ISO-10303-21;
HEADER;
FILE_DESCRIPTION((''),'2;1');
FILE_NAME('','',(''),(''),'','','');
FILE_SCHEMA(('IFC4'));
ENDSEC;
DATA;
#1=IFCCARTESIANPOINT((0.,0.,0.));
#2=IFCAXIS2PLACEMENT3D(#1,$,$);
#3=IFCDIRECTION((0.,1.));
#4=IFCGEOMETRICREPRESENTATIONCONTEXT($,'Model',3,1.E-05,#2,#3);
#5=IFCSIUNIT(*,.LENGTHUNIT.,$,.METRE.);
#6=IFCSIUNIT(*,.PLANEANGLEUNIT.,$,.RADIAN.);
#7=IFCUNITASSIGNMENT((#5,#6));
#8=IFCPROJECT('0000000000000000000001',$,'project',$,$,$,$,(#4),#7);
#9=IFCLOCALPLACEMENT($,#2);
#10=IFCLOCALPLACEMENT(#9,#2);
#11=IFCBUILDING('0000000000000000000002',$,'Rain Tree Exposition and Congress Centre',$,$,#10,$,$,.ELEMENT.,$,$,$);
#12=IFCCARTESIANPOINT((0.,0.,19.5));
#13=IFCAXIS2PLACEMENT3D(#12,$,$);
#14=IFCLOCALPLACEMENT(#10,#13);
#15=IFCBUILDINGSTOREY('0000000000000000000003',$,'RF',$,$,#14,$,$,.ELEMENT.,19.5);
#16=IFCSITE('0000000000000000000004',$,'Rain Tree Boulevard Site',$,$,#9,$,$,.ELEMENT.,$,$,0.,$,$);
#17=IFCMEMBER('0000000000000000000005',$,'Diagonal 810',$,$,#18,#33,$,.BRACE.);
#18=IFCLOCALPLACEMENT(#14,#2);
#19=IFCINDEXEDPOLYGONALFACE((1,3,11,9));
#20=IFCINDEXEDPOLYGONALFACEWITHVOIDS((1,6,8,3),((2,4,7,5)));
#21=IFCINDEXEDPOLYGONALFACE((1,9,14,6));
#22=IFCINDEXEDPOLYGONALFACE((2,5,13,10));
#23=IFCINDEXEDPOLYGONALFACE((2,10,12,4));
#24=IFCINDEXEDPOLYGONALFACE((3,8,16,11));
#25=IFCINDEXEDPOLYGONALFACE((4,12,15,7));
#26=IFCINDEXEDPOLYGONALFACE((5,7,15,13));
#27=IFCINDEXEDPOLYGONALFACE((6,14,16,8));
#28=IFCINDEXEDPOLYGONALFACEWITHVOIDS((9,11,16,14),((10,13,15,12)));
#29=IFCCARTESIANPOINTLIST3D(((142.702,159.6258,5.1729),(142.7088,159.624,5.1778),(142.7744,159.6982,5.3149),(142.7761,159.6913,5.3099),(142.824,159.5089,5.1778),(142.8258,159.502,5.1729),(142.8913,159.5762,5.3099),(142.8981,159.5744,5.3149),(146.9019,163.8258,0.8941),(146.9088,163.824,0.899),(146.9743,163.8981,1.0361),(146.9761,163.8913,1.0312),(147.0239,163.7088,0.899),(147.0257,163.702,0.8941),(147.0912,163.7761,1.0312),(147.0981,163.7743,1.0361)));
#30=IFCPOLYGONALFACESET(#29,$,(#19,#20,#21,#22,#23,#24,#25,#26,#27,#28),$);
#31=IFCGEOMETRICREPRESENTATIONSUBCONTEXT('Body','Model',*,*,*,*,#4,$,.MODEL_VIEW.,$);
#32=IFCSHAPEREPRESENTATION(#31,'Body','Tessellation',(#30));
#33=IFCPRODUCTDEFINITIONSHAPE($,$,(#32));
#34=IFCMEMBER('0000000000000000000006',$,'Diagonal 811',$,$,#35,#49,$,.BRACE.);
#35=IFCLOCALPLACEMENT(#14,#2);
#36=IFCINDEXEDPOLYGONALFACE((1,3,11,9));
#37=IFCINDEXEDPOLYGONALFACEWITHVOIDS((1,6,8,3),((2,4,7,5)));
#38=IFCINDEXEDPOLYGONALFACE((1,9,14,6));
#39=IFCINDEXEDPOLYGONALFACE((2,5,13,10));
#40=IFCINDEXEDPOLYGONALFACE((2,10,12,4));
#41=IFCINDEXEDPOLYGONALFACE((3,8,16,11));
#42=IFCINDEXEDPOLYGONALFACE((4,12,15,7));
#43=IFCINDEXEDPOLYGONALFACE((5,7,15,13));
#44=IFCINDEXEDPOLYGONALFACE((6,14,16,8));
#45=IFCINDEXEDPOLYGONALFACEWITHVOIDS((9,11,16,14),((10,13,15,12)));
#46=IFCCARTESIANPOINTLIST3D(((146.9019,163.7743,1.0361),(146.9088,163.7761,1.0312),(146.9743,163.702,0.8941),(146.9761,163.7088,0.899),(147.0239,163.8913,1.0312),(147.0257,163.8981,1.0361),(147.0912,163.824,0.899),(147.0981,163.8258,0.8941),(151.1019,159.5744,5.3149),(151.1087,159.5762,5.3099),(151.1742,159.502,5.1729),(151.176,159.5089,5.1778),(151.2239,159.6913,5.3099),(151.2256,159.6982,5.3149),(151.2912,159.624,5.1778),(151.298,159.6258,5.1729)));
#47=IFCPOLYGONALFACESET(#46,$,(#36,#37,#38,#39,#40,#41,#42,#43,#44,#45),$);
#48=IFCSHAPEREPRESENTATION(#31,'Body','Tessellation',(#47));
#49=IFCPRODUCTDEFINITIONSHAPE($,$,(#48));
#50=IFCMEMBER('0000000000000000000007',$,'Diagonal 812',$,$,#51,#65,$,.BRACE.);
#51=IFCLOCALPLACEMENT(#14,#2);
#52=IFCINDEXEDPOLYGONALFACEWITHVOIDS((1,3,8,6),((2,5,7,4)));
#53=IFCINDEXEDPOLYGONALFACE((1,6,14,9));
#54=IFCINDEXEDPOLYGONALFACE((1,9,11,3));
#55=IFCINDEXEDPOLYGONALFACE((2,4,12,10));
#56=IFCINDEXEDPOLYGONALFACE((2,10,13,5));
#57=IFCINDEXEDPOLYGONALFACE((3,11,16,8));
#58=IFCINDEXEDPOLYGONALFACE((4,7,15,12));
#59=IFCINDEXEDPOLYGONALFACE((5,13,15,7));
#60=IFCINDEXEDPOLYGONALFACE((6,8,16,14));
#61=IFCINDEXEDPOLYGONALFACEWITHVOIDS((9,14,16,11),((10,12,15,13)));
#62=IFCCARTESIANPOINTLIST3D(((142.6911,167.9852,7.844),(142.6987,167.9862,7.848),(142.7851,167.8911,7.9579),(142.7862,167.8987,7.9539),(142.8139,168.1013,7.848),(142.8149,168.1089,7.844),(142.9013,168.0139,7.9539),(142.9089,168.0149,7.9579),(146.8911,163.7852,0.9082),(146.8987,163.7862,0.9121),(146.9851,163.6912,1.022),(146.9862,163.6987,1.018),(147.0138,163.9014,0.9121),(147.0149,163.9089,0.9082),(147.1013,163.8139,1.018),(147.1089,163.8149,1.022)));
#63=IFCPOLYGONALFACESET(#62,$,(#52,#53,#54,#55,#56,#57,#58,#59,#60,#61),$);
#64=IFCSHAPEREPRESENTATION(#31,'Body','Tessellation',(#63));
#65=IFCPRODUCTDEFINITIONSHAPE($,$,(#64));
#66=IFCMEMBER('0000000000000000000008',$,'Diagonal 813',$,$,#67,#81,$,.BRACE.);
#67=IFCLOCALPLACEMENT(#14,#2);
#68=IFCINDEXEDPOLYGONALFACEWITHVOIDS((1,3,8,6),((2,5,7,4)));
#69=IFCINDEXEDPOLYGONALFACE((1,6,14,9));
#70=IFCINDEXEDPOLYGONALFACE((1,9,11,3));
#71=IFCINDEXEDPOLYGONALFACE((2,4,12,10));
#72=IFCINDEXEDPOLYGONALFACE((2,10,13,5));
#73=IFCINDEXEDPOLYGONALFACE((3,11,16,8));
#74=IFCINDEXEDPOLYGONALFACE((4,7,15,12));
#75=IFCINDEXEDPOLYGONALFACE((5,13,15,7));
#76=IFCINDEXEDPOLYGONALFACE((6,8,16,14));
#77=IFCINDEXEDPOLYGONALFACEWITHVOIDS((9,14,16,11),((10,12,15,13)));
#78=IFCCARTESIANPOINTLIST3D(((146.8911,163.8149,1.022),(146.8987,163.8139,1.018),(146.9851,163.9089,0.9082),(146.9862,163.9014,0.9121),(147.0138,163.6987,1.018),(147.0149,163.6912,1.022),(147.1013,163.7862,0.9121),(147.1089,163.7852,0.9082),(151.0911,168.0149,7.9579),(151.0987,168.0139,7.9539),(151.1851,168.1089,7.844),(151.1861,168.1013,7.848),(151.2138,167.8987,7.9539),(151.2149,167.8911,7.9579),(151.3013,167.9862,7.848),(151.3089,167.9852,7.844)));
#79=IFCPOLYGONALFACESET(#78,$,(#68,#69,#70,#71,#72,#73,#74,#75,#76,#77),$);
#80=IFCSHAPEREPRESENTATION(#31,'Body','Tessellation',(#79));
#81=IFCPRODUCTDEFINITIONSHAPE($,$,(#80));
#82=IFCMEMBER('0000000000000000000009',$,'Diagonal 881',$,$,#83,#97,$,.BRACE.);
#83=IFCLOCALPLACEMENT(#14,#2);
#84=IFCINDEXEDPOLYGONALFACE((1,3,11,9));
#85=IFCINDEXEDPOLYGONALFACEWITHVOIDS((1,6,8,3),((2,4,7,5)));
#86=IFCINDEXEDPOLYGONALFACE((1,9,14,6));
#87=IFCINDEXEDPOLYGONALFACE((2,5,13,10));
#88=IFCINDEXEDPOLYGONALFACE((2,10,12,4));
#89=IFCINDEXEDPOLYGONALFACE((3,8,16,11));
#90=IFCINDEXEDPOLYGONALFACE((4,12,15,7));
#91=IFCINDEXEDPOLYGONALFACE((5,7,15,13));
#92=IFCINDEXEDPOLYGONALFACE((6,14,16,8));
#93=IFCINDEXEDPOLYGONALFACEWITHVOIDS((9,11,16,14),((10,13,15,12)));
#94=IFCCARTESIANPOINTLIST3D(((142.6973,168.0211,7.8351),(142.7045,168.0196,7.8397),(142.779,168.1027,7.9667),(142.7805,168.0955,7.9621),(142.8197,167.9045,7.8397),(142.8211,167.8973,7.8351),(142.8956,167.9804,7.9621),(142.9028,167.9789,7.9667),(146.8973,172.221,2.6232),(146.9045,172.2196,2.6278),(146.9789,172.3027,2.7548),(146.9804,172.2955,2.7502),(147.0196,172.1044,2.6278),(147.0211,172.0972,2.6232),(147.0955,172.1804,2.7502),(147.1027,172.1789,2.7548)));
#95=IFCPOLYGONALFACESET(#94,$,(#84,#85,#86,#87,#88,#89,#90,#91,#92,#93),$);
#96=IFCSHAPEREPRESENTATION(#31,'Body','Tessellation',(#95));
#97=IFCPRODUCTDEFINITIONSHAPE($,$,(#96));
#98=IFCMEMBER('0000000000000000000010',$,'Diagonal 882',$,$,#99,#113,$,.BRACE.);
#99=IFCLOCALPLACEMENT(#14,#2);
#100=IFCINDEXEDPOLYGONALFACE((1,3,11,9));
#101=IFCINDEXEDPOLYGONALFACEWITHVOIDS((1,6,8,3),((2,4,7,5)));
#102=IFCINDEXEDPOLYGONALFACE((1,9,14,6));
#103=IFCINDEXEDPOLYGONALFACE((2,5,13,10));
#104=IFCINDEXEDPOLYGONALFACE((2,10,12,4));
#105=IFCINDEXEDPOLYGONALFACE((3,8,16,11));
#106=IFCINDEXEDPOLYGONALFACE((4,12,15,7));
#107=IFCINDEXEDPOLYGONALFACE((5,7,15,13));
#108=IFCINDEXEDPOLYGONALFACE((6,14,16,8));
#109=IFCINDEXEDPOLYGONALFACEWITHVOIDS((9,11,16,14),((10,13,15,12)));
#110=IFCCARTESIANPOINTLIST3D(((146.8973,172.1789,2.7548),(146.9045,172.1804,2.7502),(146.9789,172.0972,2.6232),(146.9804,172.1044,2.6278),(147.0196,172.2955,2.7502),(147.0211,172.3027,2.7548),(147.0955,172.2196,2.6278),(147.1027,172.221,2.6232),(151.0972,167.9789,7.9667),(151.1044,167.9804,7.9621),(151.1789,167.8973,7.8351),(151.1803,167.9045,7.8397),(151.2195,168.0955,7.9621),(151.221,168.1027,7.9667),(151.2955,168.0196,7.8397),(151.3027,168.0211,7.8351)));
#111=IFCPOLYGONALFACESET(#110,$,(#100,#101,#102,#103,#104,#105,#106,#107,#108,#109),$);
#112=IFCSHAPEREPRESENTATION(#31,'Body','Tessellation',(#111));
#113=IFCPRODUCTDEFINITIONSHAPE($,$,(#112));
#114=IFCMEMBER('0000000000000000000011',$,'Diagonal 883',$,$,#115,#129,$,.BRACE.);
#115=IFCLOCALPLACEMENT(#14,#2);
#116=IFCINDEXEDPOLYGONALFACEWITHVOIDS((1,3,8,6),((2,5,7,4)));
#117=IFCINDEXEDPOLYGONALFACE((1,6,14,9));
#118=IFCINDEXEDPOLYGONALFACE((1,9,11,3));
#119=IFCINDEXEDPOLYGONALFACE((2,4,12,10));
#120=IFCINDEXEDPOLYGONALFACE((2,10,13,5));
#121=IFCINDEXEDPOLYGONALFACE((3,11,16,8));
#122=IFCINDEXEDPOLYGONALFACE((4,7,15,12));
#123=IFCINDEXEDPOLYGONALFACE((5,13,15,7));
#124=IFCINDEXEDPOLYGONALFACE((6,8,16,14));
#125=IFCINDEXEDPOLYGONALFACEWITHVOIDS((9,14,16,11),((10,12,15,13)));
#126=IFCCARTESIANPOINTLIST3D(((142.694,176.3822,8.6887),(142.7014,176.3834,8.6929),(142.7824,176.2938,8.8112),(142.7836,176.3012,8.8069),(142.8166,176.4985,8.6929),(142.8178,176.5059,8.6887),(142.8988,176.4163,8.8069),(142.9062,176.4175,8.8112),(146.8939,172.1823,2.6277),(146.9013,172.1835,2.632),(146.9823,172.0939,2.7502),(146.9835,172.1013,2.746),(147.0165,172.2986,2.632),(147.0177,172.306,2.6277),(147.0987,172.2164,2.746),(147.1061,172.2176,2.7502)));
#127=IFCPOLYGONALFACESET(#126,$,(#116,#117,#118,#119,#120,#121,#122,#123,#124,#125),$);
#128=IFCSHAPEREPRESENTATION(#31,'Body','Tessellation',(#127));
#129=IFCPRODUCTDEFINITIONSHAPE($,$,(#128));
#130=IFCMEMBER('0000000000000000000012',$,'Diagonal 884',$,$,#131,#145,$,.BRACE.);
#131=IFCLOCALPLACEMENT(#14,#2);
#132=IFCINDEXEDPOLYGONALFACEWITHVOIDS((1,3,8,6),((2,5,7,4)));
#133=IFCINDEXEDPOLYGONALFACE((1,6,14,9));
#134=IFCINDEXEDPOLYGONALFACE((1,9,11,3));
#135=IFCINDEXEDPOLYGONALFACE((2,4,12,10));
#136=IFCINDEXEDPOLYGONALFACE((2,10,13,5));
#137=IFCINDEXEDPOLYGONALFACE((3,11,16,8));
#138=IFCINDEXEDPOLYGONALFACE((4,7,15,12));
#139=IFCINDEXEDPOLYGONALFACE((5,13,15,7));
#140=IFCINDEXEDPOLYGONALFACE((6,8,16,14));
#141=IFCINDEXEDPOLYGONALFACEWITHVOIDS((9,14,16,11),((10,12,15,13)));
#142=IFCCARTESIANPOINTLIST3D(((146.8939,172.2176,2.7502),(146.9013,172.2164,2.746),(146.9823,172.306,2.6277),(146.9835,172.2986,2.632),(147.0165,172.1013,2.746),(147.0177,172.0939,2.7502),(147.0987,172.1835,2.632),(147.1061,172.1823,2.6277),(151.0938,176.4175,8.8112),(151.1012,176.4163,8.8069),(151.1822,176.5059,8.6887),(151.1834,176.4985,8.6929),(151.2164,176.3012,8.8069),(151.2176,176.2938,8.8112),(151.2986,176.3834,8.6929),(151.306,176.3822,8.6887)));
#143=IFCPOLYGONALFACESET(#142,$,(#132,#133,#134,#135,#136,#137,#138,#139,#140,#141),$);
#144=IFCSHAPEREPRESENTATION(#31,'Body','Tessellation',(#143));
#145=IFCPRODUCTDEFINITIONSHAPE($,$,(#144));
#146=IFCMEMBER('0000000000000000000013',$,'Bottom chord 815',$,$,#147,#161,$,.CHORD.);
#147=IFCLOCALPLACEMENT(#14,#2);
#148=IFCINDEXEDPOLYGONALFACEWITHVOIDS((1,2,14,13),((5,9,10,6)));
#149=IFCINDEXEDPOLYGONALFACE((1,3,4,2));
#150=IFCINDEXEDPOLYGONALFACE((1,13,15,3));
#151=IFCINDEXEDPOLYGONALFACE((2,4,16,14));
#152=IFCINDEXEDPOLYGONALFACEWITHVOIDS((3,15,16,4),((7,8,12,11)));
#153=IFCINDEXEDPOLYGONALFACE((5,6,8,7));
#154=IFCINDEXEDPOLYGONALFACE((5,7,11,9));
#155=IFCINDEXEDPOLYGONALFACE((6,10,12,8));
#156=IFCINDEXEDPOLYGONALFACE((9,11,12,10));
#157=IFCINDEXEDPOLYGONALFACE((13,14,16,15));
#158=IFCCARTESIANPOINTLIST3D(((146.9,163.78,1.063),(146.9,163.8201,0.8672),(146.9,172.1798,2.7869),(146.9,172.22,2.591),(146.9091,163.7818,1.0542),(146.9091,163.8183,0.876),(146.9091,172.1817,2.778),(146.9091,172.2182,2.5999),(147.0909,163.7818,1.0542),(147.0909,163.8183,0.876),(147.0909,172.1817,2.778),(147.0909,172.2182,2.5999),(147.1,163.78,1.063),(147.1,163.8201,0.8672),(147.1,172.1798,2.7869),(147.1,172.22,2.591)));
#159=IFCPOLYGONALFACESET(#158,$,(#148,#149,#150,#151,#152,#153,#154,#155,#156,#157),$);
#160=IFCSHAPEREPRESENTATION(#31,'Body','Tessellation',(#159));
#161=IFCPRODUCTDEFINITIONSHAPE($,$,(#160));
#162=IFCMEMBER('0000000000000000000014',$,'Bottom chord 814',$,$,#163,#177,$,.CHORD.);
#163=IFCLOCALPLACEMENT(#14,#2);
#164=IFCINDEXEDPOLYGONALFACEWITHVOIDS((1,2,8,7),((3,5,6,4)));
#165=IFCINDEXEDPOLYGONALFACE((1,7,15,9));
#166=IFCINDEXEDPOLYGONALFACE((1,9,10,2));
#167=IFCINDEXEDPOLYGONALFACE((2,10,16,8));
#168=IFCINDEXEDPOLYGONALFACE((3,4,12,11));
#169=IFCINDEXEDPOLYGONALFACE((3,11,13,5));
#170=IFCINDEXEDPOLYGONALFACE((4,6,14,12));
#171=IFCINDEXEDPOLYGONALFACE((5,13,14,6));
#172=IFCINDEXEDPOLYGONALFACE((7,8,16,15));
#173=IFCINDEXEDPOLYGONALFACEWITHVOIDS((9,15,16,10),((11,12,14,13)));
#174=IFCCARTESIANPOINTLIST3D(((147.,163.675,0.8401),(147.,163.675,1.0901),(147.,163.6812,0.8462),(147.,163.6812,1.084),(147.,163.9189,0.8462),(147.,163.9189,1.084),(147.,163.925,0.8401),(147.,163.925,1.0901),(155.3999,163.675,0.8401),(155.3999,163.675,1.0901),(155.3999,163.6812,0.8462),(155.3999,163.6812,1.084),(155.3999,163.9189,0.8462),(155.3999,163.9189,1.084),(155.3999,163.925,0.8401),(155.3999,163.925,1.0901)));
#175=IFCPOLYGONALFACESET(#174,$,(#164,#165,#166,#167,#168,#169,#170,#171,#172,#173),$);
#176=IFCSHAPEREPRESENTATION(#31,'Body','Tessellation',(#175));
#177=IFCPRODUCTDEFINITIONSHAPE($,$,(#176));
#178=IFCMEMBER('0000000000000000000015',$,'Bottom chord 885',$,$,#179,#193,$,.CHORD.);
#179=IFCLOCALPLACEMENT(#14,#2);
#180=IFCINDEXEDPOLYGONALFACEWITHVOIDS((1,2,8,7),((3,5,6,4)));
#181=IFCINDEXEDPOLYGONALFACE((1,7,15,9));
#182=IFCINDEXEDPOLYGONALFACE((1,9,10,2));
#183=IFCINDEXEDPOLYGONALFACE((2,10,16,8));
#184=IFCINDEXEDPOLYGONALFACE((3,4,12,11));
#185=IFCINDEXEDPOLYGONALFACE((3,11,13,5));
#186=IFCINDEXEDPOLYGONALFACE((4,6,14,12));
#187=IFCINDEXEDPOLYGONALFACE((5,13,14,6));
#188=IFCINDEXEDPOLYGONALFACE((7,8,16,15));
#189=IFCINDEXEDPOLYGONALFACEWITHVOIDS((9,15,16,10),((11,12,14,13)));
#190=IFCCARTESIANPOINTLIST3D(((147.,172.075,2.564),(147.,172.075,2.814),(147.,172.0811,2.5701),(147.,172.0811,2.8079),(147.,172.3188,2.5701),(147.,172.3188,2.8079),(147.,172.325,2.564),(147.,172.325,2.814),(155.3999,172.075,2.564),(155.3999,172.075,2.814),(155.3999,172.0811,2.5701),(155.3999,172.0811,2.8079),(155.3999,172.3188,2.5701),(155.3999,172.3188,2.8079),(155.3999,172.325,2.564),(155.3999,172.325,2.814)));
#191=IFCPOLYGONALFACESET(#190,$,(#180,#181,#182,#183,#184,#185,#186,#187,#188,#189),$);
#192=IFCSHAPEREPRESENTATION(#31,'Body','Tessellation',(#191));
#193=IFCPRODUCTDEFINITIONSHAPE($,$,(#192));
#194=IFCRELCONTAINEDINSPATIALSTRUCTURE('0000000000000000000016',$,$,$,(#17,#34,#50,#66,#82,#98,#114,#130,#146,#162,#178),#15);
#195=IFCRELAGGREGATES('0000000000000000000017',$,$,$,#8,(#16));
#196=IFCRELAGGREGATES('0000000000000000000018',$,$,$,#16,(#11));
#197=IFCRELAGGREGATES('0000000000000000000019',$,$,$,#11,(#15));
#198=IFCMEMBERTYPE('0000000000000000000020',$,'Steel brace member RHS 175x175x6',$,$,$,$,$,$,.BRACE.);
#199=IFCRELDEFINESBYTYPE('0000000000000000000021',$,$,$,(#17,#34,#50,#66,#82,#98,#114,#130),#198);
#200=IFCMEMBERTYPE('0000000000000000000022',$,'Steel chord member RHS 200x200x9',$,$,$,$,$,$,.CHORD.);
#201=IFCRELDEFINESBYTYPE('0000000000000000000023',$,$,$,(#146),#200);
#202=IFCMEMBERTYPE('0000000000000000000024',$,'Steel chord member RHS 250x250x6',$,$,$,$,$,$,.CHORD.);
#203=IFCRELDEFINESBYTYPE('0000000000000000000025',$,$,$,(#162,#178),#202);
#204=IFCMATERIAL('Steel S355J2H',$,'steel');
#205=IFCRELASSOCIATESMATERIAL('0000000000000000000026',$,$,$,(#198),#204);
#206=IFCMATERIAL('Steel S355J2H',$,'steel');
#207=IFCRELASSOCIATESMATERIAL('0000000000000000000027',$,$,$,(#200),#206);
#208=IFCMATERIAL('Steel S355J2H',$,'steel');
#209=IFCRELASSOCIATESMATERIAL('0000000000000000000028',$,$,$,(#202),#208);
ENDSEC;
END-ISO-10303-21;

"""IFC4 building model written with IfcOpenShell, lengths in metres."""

from ifc_helpers import new_model, si_unit, direction, frame, origin, origin_2d, place, context, subcontext, project, spatial, hollow_rectangle, extrude, material, material_profile, profile_set, type_object, element, save


model = new_model("IFC4")

# Units and contexts
model_context = context("Model", 3, precision=1e-05, world=origin(), true_north=direction((0.0, 1.0)))
body_context = subcontext(model_context, "Body", "Model", "MODEL_VIEW")
ifc_project = project(units=[si_unit("LENGTHUNIT", "METRE"), si_unit("PLANEANGLEUNIT", "RADIAN")], contexts=[model_context])

# Site, building, storey
site_placement = place(None, origin())
site = spatial("IfcSite", under=ifc_project, at=site_placement, Name="Rain Tree Boulevard Site", CompositionType="ELEMENT", RefElevation=0.0)
building_placement = place(site_placement, origin())
building = spatial("IfcBuilding", under=site, at=building_placement, Name="Rain Tree Exposition and Congress Centre", CompositionType="ELEMENT")
storey_placement = place(building_placement, frame((0.0, 0.0, 19.5)))
storey = spatial("IfcBuildingStorey", under=building, at=storey_placement, Name="RF", CompositionType="ELEMENT", Elevation=19.5)

# Members
ifc_material_1 = material(Name="Steel S355J2H", Category="steel")
ifc_material_profile_1 = material_profile(ifc_material_1, hollow_rectangle(XDim=0.175, YDim=0.175, WallThickness=0.0061, at=origin_2d()), Name="RHS 175x175x6")
ifc_profile_set_1 = profile_set([ifc_material_profile_1], Name="Steel S355J2H")
member_type_1 = type_object("IfcMemberType", Name="Steel brace member RHS 175x175x6", PredefinedType="BRACE", material=ifc_profile_set_1)
for number, where, z_axis, x_axis, name in (
    (1, (147.0, 163.8, 0.9651), (-0.573737, -0.573737, 0.58451), (0.707107, -0.707107, 0.0), "Diagonal 810"),
    (2, (147.0, 163.8, 0.9651), (0.573737, -0.573737, 0.58451), (0.707107, 0.707107, 0.0), "Diagonal 811"),
):
    element("IfcMember", number, at=place(storey_placement, frame(where, z_axis=z_axis, x_axis=x_axis)), inside=storey, type_object=member_type_1, Name=name, PredefinedType="BRACE", context=body_context, shape_type="SweptSolid", body=[
        extrude(hollow_rectangle(XDim=0.175, YDim=0.175, WallThickness=0.0061, at=origin_2d()), origin(), (0.0, 0.0, 1.0), 7.3203),
    ])
for number, where, z_axis, x_axis, name in (
    (3, (147.0, 163.8, 0.9651), (-0.459941, 0.459941, 0.759545), (-0.707107, -0.707107, 0.0), "Diagonal 812"),
    (4, (147.0, 163.8, 0.9651), (0.459941, 0.459941, 0.759545), (-0.707107, 0.707107, 0.0), "Diagonal 813"),
):
    element("IfcMember", number, at=place(storey_placement, frame(where, z_axis=z_axis, x_axis=x_axis)), inside=storey, type_object=member_type_1, Name=name, PredefinedType="BRACE", context=body_context, shape_type="SweptSolid", body=[
        extrude(hollow_rectangle(XDim=0.175, YDim=0.175, WallThickness=0.0061, at=origin_2d()), origin(), (0.0, 0.0, 1.0), 9.1316),
    ])
for number, where, z_axis, x_axis, name in (
    (5, (147.0, 172.2, 2.689), (-0.531498, -0.531498, 0.65956), (0.707107, -0.707107, 0.0), "Diagonal 881"),
    (6, (147.0, 172.2, 2.689), (0.531498, -0.531498, 0.65956), (0.707107, 0.707107, 0.0), "Diagonal 882"),
):
    element("IfcMember", number, at=place(storey_placement, frame(where, z_axis=z_axis, x_axis=x_axis)), inside=storey, type_object=member_type_1, Name=name, PredefinedType="BRACE", context=body_context, shape_type="SweptSolid", body=[
        extrude(hollow_rectangle(XDim=0.175, YDim=0.175, WallThickness=0.0061, at=origin_2d()), origin(), (0.0, 0.0, 1.0), 7.9021),
    ])
for number, where, z_axis, x_axis, name in (
    (7, (147.0, 172.2, 2.689), (-0.494916, 0.494916, 0.714224), (-0.707107, -0.707107, 0.0), "Diagonal 883"),
    (8, (147.0, 172.2, 2.689), (0.494916, 0.494916, 0.714224), (-0.707107, 0.707107, 0.0), "Diagonal 884"),
):
    element("IfcMember", number, at=place(storey_placement, frame(where, z_axis=z_axis, x_axis=x_axis)), inside=storey, type_object=member_type_1, Name=name, PredefinedType="BRACE", context=body_context, shape_type="SweptSolid", body=[
        extrude(hollow_rectangle(XDim=0.175, YDim=0.175, WallThickness=0.0061, at=origin_2d()), origin(), (0.0, 0.0, 1.0), 8.4861),
    ])
ifc_material_2 = material(Name="Steel S355J2H", Category="steel")
ifc_material_profile_2 = material_profile(ifc_material_2, hollow_rectangle(XDim=0.2, YDim=0.2, WallThickness=0.009, at=origin_2d()), Name="RHS 200x200x9")
ifc_profile_set_2 = profile_set([ifc_material_profile_2], Name="Steel S355J2H")
member_type_2 = type_object("IfcMemberType", Name="Steel chord member RHS 200x200x9", PredefinedType="CHORD", material=ifc_profile_set_2)
member_1_placement = place(storey_placement, frame((147.0, 163.8, 0.9651), z_axis=(0.0, 0.979584, 0.201036), x_axis=(-1.0, 0.0, 0.0)))
element("IfcMember", 9, at=member_1_placement, inside=storey, type_object=member_type_2, Name="Bottom chord 815", PredefinedType="CHORD", context=body_context, shape_type="SweptSolid", body=[
    extrude(hollow_rectangle(XDim=0.2, YDim=0.2, WallThickness=0.009, at=origin_2d()), origin(), (0.0, 0.0, 1.0), 8.575),
])
ifc_material_3 = material(Name="Steel S355J2H", Category="steel")
ifc_material_profile_3 = material_profile(ifc_material_3, hollow_rectangle(XDim=0.25, YDim=0.25, WallThickness=0.0061, at=origin_2d()), Name="RHS 250x250x6")
ifc_profile_set_3 = profile_set([ifc_material_profile_3], Name="Steel S355J2H")
member_type_3 = type_object("IfcMemberType", Name="Steel chord member RHS 250x250x6", PredefinedType="CHORD", material=ifc_profile_set_3)
for number, where, z_axis, x_axis, name in (
    (10, (147.0, 163.8, 0.9651), (1.0, 0.0, 0.0), (0.0, 1.0, 0.0), "Bottom chord 814"),
    (11, (147.0, 172.2, 2.689), (1.0, 0.0, 0.0), (0.0, 1.0, 0.0), "Bottom chord 885"),
):
    element("IfcMember", number, at=place(storey_placement, frame(where, z_axis=z_axis, x_axis=x_axis)), inside=storey, type_object=member_type_3, Name=name, PredefinedType="CHORD", context=body_context, shape_type="SweptSolid", body=[
        extrude(hollow_rectangle(XDim=0.25, YDim=0.25, WallThickness=0.0061, at=origin_2d()), origin(), (0.0, 0.0, 1.0), 8.3999),
    ])

save(model, "model.ifc")
